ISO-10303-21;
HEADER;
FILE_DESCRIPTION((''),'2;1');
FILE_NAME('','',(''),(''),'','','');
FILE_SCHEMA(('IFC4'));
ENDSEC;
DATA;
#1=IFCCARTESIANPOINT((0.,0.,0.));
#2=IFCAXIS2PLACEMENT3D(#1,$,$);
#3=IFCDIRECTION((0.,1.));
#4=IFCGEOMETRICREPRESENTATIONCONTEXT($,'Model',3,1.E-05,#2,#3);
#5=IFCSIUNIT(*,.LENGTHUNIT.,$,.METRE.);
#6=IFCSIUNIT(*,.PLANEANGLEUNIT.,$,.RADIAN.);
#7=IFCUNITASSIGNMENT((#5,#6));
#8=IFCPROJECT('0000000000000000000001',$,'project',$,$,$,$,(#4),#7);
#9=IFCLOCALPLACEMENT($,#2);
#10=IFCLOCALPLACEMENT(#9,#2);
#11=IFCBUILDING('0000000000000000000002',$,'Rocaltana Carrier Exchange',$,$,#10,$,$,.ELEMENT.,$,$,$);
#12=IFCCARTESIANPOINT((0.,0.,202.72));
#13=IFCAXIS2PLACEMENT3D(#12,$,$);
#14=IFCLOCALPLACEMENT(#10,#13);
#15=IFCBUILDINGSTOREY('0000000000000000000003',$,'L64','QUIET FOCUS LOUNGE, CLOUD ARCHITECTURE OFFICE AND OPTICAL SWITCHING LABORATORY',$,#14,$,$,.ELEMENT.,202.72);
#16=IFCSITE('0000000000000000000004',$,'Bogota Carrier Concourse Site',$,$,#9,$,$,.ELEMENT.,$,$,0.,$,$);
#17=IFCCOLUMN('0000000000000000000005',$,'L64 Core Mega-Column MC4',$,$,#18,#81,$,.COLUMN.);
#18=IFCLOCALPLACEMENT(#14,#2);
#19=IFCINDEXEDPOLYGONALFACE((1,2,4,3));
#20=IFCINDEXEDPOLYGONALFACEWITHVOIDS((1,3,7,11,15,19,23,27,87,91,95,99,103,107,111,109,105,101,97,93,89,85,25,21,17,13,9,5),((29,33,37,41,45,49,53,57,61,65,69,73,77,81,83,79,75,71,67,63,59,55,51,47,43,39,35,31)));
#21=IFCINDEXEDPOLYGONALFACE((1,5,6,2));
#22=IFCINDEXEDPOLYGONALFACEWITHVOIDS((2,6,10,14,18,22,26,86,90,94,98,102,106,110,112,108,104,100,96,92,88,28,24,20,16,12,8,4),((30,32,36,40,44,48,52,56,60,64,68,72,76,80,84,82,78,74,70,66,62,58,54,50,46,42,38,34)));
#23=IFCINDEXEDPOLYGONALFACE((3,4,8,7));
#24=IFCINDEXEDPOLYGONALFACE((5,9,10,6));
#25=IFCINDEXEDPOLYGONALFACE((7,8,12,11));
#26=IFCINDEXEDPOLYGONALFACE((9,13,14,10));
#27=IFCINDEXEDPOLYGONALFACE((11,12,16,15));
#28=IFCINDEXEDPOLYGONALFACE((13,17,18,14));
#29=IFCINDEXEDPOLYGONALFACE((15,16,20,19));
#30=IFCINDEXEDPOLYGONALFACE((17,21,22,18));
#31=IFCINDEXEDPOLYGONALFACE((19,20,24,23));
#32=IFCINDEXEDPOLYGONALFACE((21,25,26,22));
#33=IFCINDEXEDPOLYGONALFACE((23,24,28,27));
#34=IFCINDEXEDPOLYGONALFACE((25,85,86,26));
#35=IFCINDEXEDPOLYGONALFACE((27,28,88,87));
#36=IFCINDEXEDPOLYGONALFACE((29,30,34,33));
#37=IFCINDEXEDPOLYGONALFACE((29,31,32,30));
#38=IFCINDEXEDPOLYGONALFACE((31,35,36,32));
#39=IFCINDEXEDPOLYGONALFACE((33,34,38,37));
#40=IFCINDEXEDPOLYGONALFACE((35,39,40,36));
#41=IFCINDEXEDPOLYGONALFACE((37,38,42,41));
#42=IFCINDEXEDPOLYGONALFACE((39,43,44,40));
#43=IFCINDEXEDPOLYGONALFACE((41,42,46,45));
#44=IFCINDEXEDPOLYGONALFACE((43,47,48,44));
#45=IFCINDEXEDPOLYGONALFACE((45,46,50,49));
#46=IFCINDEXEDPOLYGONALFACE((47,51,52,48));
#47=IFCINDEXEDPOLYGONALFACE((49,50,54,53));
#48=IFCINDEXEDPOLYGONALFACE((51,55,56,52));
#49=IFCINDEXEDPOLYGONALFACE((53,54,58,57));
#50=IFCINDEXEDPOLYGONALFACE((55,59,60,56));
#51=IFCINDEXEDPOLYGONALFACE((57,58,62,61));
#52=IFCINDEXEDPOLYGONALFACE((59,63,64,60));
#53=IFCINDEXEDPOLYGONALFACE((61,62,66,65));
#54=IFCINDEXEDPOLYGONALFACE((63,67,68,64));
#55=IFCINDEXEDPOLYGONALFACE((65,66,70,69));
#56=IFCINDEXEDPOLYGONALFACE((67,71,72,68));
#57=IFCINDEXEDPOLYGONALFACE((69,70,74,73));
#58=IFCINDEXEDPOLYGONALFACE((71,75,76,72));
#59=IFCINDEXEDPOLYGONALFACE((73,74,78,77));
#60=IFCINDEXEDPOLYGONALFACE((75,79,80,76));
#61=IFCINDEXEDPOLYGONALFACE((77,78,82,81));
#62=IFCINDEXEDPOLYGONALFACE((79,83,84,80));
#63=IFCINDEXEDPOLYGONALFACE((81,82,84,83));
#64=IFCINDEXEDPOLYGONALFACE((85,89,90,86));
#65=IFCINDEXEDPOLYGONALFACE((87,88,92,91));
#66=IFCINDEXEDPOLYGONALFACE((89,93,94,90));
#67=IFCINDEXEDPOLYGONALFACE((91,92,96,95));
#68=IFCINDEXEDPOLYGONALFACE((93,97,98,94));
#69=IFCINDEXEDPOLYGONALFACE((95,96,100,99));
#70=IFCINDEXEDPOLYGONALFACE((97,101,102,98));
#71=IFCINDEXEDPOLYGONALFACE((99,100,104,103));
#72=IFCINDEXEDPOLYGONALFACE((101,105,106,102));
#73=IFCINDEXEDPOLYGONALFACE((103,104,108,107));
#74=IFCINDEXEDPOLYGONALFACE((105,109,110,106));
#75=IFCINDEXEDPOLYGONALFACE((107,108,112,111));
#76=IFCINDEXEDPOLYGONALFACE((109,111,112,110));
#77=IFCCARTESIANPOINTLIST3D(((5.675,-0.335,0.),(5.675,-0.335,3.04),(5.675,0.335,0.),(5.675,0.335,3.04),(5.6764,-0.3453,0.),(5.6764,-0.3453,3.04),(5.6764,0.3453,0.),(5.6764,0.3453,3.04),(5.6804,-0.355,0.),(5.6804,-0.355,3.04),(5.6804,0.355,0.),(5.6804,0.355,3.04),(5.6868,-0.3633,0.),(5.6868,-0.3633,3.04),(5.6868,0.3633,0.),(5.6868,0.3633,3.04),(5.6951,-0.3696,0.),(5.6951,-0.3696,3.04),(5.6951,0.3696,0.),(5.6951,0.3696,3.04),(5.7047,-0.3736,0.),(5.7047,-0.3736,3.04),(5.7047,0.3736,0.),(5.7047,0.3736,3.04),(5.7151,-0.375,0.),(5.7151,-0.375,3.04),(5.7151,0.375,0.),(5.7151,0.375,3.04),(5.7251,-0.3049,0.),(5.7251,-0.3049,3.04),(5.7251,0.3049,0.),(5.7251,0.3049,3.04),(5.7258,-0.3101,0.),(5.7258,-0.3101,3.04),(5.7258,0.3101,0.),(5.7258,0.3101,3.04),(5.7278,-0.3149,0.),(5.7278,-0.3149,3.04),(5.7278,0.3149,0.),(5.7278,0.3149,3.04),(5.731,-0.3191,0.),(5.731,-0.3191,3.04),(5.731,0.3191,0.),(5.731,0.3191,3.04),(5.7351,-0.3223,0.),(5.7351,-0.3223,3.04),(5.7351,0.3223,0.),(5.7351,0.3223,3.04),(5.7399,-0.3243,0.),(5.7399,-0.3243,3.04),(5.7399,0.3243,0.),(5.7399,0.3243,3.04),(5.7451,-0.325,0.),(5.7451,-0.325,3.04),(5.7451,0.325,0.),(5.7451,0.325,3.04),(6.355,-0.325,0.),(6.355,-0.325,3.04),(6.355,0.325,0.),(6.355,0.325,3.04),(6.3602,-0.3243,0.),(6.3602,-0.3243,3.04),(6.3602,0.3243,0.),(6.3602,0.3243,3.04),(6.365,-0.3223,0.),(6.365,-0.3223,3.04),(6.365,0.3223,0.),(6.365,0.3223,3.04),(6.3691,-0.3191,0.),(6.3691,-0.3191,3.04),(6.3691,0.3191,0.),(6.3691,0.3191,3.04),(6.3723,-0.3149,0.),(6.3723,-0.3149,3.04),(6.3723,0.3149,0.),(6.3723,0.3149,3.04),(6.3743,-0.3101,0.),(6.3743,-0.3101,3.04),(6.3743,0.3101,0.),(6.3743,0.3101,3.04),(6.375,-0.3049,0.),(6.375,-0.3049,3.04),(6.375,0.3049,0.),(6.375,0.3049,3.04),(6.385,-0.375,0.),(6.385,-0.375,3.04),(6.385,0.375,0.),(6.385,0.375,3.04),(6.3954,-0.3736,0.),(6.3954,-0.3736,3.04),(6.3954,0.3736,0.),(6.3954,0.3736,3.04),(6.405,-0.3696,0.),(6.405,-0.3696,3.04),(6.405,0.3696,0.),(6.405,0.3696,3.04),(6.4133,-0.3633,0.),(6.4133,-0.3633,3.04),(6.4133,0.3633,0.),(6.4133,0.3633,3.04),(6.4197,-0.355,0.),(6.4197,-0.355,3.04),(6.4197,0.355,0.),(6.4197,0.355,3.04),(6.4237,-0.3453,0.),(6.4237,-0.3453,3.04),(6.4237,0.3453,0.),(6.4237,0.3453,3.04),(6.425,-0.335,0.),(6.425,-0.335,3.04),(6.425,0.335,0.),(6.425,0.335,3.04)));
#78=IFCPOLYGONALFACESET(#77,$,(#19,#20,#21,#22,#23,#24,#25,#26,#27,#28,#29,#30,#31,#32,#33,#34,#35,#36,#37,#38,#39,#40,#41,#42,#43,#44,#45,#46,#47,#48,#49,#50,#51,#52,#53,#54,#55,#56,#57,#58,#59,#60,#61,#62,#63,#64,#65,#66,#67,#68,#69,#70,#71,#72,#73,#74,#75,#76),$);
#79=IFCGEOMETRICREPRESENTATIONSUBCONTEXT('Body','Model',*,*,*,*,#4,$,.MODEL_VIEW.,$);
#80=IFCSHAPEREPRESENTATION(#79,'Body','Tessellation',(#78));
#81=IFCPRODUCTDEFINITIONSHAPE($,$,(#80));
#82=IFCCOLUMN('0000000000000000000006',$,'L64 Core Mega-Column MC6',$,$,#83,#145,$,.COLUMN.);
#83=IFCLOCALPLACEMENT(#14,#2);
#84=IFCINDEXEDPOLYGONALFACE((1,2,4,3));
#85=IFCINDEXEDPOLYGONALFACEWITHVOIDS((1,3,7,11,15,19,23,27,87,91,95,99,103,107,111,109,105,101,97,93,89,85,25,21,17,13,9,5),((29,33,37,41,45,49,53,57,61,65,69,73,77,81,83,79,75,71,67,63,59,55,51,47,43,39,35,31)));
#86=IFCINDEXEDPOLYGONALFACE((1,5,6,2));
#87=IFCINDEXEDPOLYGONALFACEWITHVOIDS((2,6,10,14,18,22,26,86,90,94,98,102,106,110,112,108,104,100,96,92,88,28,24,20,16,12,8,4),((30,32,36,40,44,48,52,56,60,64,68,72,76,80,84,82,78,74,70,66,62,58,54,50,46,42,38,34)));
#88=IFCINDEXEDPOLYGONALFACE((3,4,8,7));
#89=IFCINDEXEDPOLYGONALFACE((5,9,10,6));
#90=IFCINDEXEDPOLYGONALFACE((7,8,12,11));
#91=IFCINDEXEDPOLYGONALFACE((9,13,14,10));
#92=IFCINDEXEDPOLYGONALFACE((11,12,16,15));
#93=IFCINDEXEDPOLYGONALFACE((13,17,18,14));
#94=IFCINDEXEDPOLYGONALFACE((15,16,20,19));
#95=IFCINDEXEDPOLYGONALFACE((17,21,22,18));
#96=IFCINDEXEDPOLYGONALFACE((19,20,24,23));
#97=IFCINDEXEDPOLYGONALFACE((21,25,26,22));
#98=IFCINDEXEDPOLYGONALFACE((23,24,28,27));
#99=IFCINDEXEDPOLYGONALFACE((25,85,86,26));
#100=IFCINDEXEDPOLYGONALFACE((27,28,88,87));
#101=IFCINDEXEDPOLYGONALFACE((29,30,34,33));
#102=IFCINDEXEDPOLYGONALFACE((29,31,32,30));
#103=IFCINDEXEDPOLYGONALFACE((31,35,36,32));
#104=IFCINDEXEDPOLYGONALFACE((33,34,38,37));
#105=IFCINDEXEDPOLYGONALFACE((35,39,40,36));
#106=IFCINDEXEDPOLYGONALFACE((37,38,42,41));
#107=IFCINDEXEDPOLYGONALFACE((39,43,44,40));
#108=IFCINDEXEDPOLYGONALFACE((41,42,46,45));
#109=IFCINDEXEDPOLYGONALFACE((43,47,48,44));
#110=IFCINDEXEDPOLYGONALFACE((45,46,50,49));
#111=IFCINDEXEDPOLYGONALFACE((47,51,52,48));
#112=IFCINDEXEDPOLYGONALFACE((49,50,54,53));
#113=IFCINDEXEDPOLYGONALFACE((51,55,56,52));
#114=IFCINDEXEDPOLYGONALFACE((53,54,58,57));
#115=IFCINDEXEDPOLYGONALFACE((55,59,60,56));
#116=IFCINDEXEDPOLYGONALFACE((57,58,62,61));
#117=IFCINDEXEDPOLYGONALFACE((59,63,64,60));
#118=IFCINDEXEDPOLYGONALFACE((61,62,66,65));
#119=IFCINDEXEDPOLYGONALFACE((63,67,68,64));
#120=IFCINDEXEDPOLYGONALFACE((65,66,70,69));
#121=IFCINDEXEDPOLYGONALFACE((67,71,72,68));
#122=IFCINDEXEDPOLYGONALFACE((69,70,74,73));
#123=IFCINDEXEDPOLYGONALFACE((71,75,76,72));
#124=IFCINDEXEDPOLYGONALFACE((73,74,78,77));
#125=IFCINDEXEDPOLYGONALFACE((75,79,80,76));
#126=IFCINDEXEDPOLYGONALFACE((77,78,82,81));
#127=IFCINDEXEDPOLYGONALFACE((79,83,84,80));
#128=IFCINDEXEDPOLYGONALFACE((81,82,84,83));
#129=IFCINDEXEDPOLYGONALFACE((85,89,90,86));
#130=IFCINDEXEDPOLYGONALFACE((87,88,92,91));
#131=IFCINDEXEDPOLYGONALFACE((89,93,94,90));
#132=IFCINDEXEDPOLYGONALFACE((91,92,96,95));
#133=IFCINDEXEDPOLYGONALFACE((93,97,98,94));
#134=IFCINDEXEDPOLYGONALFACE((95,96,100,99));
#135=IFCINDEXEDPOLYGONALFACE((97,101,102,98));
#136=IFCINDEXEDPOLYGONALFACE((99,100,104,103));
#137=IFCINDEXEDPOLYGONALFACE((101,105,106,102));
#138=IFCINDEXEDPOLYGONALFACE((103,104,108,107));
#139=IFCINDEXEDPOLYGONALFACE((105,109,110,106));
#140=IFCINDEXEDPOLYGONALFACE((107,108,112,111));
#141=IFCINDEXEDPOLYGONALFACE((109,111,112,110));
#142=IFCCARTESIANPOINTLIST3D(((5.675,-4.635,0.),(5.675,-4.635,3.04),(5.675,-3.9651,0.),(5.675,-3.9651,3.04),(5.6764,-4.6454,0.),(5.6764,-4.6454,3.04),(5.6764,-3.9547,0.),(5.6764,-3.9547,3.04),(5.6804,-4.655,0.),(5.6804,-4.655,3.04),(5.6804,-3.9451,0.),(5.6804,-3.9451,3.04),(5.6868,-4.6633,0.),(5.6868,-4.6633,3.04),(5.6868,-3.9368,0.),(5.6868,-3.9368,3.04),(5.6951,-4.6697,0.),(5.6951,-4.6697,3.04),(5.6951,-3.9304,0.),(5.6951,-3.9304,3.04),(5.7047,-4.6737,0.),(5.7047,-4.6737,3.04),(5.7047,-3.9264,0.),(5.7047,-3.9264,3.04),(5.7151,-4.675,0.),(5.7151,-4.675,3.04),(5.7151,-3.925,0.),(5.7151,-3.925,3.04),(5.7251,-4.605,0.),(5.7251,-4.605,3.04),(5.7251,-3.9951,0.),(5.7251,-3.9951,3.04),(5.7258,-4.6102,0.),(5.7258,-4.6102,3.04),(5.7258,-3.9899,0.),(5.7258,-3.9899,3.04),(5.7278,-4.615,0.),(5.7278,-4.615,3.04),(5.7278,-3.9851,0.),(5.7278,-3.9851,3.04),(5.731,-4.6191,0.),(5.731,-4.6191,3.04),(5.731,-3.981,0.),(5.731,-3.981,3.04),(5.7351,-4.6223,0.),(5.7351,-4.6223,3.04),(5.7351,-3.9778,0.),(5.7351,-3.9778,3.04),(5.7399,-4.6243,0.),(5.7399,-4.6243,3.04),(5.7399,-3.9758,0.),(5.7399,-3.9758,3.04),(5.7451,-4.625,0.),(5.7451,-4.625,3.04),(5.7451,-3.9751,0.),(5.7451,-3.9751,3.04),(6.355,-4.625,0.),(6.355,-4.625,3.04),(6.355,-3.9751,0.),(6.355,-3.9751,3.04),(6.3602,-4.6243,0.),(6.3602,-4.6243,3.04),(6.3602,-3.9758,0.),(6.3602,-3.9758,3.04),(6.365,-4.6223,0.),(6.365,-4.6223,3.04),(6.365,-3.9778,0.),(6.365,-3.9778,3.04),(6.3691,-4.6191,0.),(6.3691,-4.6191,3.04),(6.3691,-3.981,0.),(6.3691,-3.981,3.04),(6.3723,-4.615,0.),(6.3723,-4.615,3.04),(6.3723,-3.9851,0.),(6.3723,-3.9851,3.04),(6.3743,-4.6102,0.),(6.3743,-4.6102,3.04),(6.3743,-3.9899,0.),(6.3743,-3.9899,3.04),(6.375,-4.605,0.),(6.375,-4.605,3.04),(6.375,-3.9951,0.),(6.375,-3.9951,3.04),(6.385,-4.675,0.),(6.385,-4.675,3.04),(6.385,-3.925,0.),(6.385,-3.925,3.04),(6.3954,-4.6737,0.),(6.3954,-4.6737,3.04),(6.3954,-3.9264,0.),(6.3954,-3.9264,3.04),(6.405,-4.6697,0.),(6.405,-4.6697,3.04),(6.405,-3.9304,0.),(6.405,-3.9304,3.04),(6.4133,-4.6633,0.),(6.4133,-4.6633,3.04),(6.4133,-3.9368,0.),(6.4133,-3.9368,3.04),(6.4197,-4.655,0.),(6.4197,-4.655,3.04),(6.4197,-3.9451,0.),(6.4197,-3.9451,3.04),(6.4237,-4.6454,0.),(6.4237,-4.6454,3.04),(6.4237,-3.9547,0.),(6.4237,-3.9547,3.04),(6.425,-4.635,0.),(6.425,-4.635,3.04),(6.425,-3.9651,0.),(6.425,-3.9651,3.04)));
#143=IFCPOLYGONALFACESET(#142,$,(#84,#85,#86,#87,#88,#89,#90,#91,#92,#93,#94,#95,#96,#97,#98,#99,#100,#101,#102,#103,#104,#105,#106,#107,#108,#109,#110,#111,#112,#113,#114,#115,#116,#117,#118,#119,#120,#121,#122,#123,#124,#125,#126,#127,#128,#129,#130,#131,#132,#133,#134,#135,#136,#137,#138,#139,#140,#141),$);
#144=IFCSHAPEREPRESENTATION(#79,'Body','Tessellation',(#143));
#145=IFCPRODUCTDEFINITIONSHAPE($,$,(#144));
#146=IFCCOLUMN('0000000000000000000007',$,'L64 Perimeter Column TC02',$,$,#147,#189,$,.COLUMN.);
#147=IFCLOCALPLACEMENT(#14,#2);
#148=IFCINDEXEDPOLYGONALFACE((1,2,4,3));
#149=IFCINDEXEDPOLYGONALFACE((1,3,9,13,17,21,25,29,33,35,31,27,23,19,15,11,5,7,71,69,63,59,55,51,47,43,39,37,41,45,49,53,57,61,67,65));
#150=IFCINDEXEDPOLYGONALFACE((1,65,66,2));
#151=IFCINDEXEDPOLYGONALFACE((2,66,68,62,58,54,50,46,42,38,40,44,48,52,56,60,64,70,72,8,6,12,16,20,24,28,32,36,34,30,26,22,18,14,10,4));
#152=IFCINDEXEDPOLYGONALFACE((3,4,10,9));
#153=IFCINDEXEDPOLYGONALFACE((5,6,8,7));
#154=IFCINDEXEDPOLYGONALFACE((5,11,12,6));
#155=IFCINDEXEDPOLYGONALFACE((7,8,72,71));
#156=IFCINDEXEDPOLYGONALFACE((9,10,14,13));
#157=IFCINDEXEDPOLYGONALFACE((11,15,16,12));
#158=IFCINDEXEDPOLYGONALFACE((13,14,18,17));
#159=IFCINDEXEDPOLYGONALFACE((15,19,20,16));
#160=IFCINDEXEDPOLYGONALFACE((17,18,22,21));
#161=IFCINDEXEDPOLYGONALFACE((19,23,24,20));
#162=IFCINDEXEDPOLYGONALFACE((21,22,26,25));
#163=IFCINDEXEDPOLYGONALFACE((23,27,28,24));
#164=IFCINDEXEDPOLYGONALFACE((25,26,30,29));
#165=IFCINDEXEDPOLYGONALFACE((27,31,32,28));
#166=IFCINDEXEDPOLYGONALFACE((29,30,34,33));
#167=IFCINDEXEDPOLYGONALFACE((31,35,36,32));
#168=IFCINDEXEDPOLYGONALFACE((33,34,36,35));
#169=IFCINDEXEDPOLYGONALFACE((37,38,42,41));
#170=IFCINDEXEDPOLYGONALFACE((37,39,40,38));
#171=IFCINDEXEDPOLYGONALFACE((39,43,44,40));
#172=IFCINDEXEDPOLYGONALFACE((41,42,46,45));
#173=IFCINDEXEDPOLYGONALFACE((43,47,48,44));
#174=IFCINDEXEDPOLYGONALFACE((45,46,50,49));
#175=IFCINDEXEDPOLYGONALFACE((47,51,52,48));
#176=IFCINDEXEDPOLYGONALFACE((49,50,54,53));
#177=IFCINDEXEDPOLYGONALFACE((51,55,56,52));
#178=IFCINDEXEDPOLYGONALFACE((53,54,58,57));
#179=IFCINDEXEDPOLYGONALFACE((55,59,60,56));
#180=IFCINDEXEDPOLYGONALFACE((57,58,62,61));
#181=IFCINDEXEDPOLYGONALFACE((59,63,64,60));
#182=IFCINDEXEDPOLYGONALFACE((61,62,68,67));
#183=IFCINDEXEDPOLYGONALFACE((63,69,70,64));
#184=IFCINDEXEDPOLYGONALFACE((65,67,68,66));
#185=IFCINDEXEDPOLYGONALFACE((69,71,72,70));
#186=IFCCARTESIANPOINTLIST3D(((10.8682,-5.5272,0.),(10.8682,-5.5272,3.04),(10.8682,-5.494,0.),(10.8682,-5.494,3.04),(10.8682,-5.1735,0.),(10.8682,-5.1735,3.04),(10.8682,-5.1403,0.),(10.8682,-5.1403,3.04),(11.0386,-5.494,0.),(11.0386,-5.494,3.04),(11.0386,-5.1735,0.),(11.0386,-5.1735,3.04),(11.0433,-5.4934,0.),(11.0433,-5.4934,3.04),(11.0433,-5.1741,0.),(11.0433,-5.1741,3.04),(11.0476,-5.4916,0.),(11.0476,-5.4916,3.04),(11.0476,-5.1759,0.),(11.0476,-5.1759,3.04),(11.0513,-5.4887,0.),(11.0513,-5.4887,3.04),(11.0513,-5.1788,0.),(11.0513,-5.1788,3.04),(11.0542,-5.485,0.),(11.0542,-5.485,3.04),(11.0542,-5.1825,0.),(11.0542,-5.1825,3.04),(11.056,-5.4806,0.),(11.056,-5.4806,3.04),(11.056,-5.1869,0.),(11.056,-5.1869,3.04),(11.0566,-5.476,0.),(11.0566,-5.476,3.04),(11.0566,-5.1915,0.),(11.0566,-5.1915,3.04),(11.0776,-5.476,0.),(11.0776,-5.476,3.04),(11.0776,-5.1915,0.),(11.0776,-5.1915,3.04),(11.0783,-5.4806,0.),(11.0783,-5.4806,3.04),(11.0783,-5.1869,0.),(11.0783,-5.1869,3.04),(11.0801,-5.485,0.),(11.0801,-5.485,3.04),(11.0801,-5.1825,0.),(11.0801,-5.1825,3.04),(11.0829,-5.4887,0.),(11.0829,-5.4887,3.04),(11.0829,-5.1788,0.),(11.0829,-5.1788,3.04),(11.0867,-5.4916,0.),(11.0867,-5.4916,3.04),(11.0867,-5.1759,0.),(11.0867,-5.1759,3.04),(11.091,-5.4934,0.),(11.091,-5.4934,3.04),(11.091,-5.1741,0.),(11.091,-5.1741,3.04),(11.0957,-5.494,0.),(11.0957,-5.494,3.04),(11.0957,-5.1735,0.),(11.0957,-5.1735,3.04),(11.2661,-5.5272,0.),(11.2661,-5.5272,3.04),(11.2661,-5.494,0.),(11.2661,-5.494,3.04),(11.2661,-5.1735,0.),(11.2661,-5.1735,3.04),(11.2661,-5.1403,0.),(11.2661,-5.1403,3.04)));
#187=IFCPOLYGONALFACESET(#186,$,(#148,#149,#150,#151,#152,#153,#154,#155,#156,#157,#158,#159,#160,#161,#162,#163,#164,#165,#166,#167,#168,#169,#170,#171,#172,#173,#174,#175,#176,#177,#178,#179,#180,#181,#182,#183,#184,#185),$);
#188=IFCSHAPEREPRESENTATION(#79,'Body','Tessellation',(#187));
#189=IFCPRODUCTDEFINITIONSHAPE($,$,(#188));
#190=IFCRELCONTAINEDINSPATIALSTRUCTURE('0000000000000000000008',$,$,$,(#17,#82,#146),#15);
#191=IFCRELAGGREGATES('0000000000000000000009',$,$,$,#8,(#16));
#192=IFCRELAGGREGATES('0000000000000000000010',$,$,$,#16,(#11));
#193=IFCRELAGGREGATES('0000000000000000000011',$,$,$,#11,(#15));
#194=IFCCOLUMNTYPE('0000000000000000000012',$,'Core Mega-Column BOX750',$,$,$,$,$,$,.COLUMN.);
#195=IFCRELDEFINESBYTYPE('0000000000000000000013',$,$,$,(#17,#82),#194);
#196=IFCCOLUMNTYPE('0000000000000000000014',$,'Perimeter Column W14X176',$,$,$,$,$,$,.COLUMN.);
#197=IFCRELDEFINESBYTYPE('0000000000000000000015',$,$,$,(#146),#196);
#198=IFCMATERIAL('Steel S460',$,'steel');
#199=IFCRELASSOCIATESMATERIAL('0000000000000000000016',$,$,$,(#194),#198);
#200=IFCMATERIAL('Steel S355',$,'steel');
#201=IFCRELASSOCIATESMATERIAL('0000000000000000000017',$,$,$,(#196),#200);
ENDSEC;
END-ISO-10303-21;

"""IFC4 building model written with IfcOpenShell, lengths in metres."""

from ifc_helpers import new_model, si_unit, direction, frame, origin, origin_2d, place, context, subcontext, project, spatial, hollow_rectangle, i_section, extrude, material, material_profile, profile_set, type_object, element, save


model = new_model("IFC4")

# Units and contexts
model_context = context("Model", 3, precision=1e-05, world=origin(), true_north=direction((0.0, 1.0)))
body_context = subcontext(model_context, "Body", "Model", "MODEL_VIEW")
ifc_project = project(units=[si_unit("LENGTHUNIT", "METRE"), si_unit("PLANEANGLEUNIT", "RADIAN")], contexts=[model_context])

# Site, building, storey
site_placement = place(None, origin())
site = spatial("IfcSite", under=ifc_project, at=site_placement, Name="Bogota Carrier Concourse Site", CompositionType="ELEMENT", RefElevation=0.0)
building_placement = place(site_placement, origin())
building = spatial("IfcBuilding", under=site, at=building_placement, Name="Rocaltana Carrier Exchange", CompositionType="ELEMENT")
storey_placement = place(building_placement, frame((0.0, 0.0, 202.72)))
storey = spatial("IfcBuildingStorey", under=building, at=storey_placement, Name="L64", Description="QUIET FOCUS LOUNGE, CLOUD ARCHITECTURE OFFICE AND OPTICAL SWITCHING LABORATORY", CompositionType="ELEMENT", Elevation=202.72)

# Columns
ifc_material_1 = material(Name="Steel S460", Category="steel")
ifc_material_profile_1 = material_profile(ifc_material_1, hollow_rectangle(XDim=0.75, YDim=0.75, WallThickness=0.05, InnerFilletRadius=0.02, OuterFilletRadius=0.04, at=origin_2d()), Name="BOX750X750X50")
ifc_profile_set_1 = profile_set([ifc_material_profile_1], Name="Steel S460")
column_type_1 = type_object("IfcColumnType", Name="Core Mega-Column BOX750", PredefinedType="COLUMN", material=ifc_profile_set_1)
for number, where, z_axis, x_axis, name in (
    (1, (6.05, 0.0, 0.0), (0.0, 0.0, 1.0), (1.0, 0.0, 0.0), "L64 Core Mega-Column MC4"),
    (2, (6.05, -4.3, 0.0), (0.0, 0.0, 1.0), (1.0, 0.0, 0.0), "L64 Core Mega-Column MC6"),
):
    element("IfcColumn", number, at=place(storey_placement, frame(where, z_axis=z_axis, x_axis=x_axis)), inside=storey, type_object=column_type_1, Name=name, PredefinedType="COLUMN", context=body_context, shape_type="SweptSolid", body=[
        extrude(hollow_rectangle(XDim=0.75, YDim=0.75, WallThickness=0.05, InnerFilletRadius=0.02, OuterFilletRadius=0.04, at=origin_2d()), origin(), (0.0, 0.0, 1.0), 3.04),
    ])
ifc_material_2 = material(Name="Steel S355", Category="steel")
ifc_material_profile_2 = material_profile(ifc_material_2, i_section(OverallWidth=0.3979, OverallDepth=0.387, WebThickness=0.021, FlangeThickness=0.0332, FilletRadius=0.0181, at=origin_2d()), Name="W14X176")
ifc_profile_set_2 = profile_set([ifc_material_profile_2], Name="Steel S355")
column_type_2 = type_object("IfcColumnType", Name="Perimeter Column W14X176", PredefinedType="COLUMN", material=ifc_profile_set_2)
column_placement = place(storey_placement, frame((11.0671, -5.3337, 0.0), z_axis=(0.0, 0.0, 1.0), x_axis=(1.0, 0.0, 0.0)))
element("IfcColumn", 3, at=column_placement, inside=storey, type_object=column_type_2, Name="L64 Perimeter Column TC02", PredefinedType="COLUMN", context=body_context, shape_type="SweptSolid", body=[
    extrude(i_section(OverallWidth=0.3979, OverallDepth=0.387, WebThickness=0.021, FlangeThickness=0.0332, FilletRadius=0.0181, at=origin_2d()), origin(), (0.0, 0.0, 1.0), 3.04),
])

save(model, "model.ifc")
